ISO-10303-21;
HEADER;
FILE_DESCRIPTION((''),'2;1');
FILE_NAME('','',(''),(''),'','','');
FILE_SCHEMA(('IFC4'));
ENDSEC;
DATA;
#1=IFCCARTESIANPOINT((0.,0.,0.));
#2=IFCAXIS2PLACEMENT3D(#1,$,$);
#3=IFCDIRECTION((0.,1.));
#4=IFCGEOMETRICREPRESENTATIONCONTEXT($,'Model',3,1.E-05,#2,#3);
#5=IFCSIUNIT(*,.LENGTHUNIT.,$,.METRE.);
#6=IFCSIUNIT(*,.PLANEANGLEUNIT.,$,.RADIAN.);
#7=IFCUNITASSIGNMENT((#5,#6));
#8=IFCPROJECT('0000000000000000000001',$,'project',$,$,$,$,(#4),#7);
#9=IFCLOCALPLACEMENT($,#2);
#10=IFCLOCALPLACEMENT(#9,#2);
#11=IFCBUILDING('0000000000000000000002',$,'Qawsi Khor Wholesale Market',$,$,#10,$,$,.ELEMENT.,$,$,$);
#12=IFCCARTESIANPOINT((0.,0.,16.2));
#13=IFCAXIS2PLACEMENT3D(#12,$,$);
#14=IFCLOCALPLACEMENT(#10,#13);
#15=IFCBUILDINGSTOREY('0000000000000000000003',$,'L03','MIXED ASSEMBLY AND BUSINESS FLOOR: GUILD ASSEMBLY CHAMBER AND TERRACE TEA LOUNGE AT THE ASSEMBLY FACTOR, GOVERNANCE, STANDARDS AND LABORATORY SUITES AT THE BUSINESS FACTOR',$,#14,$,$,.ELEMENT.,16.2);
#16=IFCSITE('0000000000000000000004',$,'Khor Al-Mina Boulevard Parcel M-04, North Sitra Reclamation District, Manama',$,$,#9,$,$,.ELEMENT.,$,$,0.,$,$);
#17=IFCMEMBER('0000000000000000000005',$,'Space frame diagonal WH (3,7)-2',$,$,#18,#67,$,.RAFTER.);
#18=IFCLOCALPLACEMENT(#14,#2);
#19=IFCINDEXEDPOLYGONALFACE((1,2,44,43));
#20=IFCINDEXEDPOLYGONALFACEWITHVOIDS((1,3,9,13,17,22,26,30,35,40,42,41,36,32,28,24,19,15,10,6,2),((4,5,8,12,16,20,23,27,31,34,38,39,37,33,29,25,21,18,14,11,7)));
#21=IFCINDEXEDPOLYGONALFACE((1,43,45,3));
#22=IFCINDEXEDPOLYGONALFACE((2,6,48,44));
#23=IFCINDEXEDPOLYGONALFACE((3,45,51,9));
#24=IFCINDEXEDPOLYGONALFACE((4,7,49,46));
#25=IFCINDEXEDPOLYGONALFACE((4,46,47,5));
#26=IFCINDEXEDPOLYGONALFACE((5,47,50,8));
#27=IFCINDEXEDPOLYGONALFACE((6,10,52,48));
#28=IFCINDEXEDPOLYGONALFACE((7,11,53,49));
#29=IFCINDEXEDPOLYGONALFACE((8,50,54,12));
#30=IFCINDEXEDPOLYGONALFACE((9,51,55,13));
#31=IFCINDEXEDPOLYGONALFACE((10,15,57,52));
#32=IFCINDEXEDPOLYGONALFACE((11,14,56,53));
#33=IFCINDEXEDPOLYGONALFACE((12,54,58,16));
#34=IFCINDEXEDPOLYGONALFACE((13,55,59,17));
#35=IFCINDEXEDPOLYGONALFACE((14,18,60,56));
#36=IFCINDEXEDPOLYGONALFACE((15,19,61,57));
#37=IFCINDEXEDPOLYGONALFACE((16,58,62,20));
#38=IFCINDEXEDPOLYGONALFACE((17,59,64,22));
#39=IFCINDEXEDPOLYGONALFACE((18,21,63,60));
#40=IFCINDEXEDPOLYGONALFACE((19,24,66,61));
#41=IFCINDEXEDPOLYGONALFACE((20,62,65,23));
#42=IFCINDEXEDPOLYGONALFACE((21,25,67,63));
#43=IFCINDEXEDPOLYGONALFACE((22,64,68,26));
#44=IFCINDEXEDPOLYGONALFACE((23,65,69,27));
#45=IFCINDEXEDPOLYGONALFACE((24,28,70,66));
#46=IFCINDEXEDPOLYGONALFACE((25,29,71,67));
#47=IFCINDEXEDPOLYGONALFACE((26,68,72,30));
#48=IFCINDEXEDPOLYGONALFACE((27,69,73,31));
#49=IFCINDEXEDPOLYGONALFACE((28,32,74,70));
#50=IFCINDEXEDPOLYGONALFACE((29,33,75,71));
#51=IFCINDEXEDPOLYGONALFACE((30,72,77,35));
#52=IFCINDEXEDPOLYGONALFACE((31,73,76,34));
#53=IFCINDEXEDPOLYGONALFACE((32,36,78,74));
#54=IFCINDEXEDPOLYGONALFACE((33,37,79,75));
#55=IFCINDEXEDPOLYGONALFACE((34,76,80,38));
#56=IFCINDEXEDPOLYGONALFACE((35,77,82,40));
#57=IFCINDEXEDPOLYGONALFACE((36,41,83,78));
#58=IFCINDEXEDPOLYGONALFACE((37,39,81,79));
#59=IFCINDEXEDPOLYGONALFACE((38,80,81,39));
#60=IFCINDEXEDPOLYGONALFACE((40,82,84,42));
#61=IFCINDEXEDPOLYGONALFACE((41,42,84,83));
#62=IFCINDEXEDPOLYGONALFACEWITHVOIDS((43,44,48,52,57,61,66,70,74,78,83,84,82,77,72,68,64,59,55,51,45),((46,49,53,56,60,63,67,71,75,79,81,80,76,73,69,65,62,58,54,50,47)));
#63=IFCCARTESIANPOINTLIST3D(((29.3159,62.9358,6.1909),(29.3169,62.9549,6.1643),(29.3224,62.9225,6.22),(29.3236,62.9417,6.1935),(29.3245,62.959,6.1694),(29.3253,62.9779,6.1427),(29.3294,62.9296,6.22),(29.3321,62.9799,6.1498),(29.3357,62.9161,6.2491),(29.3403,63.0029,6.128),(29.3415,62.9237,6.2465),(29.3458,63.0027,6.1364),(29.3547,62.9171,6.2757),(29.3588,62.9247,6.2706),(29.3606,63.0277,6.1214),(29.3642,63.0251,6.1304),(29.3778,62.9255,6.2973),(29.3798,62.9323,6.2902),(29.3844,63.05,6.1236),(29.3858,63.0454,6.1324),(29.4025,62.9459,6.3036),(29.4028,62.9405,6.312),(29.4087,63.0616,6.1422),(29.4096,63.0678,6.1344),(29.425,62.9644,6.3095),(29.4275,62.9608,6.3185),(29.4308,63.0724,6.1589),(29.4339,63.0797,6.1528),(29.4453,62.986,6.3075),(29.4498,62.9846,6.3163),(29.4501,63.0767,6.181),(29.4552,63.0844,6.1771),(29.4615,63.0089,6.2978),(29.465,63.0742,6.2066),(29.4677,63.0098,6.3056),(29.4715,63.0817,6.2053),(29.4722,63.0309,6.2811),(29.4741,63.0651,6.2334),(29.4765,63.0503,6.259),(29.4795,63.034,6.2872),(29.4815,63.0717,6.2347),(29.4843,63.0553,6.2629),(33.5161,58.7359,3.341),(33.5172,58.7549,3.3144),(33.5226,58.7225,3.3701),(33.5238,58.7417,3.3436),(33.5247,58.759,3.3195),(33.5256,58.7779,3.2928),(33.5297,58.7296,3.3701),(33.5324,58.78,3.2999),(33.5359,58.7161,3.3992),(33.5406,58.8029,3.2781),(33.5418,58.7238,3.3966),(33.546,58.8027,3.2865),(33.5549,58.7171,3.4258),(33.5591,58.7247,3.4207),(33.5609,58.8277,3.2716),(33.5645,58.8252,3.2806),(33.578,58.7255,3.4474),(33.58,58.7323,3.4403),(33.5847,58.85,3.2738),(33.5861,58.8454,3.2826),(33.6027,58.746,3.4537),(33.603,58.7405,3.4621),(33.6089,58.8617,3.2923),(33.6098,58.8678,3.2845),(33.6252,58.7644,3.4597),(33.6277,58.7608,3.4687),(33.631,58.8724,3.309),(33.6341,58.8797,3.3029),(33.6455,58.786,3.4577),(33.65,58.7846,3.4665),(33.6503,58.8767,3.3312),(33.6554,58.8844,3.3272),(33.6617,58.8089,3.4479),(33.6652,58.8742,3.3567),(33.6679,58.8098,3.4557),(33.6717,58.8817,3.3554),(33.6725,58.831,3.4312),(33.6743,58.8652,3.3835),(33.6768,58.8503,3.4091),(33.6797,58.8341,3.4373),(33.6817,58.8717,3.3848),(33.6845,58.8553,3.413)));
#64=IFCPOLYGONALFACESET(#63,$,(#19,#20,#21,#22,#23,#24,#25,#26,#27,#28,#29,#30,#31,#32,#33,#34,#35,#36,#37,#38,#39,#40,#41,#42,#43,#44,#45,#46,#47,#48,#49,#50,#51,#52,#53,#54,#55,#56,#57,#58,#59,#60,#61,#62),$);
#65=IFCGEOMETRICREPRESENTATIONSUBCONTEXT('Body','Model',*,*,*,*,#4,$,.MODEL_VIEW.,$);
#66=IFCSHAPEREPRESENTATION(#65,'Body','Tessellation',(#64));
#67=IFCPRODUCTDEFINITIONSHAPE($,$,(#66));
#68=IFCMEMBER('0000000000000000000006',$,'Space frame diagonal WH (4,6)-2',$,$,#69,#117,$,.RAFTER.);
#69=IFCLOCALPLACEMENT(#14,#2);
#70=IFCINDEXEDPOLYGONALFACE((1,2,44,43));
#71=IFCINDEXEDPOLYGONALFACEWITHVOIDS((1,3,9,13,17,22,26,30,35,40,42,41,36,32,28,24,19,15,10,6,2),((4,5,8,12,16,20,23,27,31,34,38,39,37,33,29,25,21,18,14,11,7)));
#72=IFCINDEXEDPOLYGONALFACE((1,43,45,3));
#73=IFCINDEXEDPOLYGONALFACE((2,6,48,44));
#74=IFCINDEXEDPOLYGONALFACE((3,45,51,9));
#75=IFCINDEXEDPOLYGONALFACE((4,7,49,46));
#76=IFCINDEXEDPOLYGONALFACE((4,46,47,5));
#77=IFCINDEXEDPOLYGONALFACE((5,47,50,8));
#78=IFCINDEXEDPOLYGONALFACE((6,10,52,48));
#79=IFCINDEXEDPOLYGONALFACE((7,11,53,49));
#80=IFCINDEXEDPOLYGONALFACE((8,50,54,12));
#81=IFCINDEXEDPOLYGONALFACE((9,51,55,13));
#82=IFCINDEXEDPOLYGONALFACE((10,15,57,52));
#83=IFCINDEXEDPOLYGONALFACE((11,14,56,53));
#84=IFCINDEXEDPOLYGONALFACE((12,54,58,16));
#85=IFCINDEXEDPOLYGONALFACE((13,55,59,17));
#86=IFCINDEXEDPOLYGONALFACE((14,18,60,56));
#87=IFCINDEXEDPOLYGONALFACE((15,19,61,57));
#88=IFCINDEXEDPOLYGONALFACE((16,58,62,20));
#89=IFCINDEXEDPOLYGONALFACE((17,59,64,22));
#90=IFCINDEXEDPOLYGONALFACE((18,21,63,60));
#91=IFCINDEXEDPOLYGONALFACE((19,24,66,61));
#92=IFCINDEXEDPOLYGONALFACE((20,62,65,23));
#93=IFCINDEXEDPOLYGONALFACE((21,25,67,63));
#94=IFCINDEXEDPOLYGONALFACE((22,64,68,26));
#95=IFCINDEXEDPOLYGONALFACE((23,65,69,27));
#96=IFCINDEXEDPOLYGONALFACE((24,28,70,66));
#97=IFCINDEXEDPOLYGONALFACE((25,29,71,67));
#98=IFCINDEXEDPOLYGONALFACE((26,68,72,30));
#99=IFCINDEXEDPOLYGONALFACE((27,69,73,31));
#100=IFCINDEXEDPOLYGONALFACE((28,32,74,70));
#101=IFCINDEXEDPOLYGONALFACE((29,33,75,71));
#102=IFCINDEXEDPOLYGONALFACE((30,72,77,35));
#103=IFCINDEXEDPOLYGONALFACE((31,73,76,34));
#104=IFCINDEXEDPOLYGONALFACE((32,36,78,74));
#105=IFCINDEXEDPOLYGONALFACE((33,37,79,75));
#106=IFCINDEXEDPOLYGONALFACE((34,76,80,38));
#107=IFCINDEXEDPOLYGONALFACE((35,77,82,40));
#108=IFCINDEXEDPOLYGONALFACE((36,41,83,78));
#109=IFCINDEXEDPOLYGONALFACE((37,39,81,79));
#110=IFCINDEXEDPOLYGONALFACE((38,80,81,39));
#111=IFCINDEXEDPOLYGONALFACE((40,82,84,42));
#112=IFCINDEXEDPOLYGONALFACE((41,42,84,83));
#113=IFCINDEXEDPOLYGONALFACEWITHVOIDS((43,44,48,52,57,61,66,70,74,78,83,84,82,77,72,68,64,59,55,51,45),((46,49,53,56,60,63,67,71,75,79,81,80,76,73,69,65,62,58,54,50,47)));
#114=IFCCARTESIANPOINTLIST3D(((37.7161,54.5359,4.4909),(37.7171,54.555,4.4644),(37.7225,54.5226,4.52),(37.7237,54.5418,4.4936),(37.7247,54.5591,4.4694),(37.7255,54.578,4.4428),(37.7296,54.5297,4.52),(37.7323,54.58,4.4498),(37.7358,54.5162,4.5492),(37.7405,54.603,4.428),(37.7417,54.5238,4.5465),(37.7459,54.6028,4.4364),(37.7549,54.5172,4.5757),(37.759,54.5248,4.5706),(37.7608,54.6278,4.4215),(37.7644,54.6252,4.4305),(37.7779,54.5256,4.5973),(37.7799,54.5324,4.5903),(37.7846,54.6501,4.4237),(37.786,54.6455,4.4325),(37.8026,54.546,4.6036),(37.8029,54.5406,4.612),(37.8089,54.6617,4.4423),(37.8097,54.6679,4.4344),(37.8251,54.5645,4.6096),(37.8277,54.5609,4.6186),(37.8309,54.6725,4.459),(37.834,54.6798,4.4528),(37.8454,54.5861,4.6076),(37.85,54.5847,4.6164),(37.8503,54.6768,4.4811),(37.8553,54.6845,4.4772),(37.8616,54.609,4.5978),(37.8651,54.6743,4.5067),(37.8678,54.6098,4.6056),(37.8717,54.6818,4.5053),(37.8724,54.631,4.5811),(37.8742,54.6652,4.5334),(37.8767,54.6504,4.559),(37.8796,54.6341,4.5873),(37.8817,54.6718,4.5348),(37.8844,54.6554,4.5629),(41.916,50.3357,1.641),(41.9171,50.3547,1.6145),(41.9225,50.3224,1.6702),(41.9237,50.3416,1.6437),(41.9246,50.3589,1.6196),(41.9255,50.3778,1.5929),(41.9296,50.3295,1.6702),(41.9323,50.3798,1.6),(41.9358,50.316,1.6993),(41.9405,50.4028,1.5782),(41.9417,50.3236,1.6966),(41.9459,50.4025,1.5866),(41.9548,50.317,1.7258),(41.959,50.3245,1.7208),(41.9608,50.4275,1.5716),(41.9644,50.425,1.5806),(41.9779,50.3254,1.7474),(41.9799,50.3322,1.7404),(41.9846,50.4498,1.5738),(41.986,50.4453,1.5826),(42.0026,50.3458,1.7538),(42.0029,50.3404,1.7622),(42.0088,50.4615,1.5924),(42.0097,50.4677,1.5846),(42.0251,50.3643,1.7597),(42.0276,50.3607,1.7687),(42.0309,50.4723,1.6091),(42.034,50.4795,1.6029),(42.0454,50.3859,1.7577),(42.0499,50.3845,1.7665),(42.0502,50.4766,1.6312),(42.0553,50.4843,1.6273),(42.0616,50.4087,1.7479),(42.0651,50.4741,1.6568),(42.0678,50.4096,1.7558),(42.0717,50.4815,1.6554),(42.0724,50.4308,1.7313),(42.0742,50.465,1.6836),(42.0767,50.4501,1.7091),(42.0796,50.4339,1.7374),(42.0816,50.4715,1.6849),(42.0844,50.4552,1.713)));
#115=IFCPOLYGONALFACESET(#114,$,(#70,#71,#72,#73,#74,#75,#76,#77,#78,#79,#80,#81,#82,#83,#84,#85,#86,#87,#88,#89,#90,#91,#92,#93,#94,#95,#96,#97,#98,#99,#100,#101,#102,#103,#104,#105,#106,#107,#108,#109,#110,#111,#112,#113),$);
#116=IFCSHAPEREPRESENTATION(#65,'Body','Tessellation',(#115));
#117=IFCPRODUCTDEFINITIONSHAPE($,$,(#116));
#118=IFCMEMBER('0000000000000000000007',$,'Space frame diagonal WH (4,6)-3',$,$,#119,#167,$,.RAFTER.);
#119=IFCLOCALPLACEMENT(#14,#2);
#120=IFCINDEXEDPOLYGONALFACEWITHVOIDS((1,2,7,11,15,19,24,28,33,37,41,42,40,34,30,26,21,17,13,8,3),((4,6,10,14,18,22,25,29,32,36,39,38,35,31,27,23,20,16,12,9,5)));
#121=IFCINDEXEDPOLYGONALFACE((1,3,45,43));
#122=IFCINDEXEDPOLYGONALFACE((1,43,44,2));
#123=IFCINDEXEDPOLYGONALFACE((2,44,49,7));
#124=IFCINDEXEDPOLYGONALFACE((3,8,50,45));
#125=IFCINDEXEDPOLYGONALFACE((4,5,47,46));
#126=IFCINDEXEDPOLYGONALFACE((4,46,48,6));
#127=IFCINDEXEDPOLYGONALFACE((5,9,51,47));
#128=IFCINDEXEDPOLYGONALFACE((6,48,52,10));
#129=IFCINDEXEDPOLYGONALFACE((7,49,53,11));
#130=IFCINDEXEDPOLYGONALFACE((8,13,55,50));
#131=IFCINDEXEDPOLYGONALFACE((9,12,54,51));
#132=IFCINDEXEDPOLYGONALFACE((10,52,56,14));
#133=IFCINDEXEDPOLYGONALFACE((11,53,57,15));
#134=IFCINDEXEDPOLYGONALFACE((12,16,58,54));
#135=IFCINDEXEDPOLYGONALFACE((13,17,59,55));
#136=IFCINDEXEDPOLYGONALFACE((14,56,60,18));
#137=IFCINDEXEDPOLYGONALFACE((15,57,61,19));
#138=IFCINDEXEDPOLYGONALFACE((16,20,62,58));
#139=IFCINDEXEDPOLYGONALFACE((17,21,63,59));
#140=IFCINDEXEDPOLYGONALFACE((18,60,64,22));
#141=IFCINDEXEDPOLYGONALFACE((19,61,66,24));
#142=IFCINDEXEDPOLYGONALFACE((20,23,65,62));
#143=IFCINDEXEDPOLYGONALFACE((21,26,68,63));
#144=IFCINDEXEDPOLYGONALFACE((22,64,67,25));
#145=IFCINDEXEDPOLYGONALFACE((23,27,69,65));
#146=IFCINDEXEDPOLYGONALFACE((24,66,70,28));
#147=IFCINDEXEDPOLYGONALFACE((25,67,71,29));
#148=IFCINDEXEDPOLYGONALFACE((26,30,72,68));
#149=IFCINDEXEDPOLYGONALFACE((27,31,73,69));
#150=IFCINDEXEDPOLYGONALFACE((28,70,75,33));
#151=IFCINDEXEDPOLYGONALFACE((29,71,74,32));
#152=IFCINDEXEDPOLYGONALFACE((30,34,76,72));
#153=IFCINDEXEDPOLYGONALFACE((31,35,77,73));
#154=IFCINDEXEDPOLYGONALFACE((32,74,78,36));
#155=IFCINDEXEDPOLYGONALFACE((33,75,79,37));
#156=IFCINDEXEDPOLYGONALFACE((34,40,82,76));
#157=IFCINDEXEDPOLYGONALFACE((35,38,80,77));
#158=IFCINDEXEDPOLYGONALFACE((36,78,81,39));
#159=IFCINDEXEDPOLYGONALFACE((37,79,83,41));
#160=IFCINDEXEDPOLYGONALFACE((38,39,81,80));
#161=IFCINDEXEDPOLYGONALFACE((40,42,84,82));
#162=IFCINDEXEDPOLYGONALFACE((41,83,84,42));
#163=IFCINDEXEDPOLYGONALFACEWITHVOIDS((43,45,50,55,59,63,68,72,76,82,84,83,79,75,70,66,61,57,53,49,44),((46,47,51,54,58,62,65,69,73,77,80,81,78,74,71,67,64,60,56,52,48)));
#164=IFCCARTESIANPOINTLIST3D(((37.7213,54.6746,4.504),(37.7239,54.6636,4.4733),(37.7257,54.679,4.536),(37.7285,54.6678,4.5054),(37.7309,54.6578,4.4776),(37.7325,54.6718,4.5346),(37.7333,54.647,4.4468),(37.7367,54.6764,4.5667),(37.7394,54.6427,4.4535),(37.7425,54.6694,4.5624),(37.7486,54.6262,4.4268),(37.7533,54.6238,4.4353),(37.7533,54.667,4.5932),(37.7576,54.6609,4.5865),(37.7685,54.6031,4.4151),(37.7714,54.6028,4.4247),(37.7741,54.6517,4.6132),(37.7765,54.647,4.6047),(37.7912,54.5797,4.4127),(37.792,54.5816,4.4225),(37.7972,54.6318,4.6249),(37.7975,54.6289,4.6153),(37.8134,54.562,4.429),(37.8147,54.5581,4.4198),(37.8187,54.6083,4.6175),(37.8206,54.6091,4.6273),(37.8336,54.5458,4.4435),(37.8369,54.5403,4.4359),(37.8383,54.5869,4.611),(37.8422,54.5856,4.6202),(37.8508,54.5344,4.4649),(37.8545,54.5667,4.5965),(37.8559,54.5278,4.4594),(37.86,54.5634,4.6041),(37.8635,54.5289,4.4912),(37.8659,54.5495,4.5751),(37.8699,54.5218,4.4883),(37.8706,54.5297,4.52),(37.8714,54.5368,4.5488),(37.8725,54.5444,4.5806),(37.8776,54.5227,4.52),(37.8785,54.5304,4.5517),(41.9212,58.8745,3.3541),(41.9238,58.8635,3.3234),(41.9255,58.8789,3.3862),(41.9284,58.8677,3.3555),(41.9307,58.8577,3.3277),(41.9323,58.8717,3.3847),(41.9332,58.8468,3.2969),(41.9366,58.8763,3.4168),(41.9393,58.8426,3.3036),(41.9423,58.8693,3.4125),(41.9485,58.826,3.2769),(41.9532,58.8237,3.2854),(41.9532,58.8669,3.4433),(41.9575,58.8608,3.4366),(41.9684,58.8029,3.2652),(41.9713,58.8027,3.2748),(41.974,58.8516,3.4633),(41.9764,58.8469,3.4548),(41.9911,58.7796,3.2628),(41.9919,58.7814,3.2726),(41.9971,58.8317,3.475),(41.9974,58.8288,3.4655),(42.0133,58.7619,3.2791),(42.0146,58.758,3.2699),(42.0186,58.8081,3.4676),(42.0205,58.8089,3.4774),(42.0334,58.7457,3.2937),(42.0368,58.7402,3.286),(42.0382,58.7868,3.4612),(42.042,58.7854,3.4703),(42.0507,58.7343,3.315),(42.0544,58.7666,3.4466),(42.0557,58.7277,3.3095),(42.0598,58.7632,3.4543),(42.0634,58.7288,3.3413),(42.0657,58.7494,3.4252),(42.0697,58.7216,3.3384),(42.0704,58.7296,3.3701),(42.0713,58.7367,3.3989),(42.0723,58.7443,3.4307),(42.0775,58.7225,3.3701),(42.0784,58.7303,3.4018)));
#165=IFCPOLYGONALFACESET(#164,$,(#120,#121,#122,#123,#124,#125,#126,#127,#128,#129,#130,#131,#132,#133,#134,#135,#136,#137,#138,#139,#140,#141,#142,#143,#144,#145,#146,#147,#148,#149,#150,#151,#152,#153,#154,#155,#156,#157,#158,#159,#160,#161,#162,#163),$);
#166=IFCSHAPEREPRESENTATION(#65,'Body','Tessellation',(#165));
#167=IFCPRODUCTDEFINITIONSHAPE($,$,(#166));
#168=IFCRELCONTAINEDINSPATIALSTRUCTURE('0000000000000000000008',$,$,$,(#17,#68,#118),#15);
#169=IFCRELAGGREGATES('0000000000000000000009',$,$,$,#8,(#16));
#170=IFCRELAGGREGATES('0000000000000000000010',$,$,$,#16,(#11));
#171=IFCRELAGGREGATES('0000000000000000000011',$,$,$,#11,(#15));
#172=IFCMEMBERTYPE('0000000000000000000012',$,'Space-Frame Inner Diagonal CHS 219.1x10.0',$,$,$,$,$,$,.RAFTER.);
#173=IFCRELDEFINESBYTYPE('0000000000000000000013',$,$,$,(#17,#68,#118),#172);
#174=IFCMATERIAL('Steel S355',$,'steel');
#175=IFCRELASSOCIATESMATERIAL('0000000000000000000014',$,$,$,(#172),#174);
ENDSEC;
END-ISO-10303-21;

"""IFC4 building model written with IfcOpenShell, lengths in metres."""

from ifc_helpers import new_model, si_unit, direction, frame, origin, origin_2d, place, context, subcontext, project, spatial, hollow_circle, extrude, material, material_profile, profile_set, type_object, element, save


model = new_model("IFC4")

# Units and contexts
model_context = context("Model", 3, precision=1e-05, world=origin(), true_north=direction((0.0, 1.0)))
body_context = subcontext(model_context, "Body", "Model", "MODEL_VIEW")
ifc_project = project(units=[si_unit("LENGTHUNIT", "METRE"), si_unit("PLANEANGLEUNIT", "RADIAN")], contexts=[model_context])

# Site, building, storey
site_placement = place(None, origin())
site = spatial("IfcSite", under=ifc_project, at=site_placement, Name="Khor Al-Mina Boulevard Parcel M-04, North Sitra Reclamation District, Manama", CompositionType="ELEMENT", RefElevation=0.0)
building_placement = place(site_placement, origin())
building = spatial("IfcBuilding", under=site, at=building_placement, Name="Qawsi Khor Wholesale Market", CompositionType="ELEMENT")
storey_placement = place(building_placement, frame((0.0, 0.0, 16.2)))
storey = spatial("IfcBuildingStorey", under=building, at=storey_placement, Name="L03", Description="MIXED ASSEMBLY AND BUSINESS FLOOR: GUILD ASSEMBLY CHAMBER AND TERRACE TEA LOUNGE AT THE ASSEMBLY FACTOR, GOVERNANCE, STANDARDS AND LABORATORY SUITES AT THE BUSINESS FACTOR", CompositionType="ELEMENT", Elevation=16.2)

# Members
ifc_material_1 = material(Name="Steel S355", Category="steel")
ifc_material_profile_1 = material_profile(ifc_material_1, hollow_circle(Radius=0.1096, WallThickness=0.01, at=origin_2d()), Name="CHS 219.1x10.0")
ifc_profile_set_1 = profile_set([ifc_material_profile_1], Name="Steel S355")
member_type_1 = type_object("IfcMemberType", Name="Space-Frame Inner Diagonal CHS 219.1x10.0", PredefinedType="RAFTER", material=ifc_profile_set_1)
for number, where, z_axis, x_axis, name in (
    (1, (33.6001, 58.8, 3.3701), (-0.637544, 0.637507, 0.432577), (-0.707086, -0.707127, 0.0), "Space frame diagonal WH (3,7)-2"),
    (2, (42.0, 50.3999, 1.6702), (-0.637507, 0.637544, 0.432577), (-0.707127, -0.707086, 0.0), "Space frame diagonal WH (4,6)-2"),
):
    element("IfcMember", number, at=place(storey_placement, frame(where, z_axis=z_axis, x_axis=x_axis)), inside=storey, type_object=member_type_1, Name=name, PredefinedType="RAFTER", context=body_context, shape_type="SweptSolid", body=[
        extrude(hollow_circle(Radius=0.1096, WallThickness=0.01, at=origin_2d()), origin(), (0.0, 0.0, 1.0), 6.5881),
    ])
for number, where, z_axis, x_axis, name in (
    (3, (42.0, 58.8, 3.3701), (-0.694217, -0.694217, 0.190069), (0.707107, -0.707107, 0.0), "Space frame diagonal WH (4,6)-3"),
):
    element("IfcMember", number, at=place(storey_placement, frame(where, z_axis=z_axis, x_axis=x_axis)), inside=storey, type_object=member_type_1, Name=name, PredefinedType="RAFTER", context=body_context, shape_type="SweptSolid", body=[
        extrude(hollow_circle(Radius=0.1096, WallThickness=0.01, at=origin_2d()), origin(), (0.0, 0.0, 1.0), 6.0498),
    ])

save(model, "model.ifc")
